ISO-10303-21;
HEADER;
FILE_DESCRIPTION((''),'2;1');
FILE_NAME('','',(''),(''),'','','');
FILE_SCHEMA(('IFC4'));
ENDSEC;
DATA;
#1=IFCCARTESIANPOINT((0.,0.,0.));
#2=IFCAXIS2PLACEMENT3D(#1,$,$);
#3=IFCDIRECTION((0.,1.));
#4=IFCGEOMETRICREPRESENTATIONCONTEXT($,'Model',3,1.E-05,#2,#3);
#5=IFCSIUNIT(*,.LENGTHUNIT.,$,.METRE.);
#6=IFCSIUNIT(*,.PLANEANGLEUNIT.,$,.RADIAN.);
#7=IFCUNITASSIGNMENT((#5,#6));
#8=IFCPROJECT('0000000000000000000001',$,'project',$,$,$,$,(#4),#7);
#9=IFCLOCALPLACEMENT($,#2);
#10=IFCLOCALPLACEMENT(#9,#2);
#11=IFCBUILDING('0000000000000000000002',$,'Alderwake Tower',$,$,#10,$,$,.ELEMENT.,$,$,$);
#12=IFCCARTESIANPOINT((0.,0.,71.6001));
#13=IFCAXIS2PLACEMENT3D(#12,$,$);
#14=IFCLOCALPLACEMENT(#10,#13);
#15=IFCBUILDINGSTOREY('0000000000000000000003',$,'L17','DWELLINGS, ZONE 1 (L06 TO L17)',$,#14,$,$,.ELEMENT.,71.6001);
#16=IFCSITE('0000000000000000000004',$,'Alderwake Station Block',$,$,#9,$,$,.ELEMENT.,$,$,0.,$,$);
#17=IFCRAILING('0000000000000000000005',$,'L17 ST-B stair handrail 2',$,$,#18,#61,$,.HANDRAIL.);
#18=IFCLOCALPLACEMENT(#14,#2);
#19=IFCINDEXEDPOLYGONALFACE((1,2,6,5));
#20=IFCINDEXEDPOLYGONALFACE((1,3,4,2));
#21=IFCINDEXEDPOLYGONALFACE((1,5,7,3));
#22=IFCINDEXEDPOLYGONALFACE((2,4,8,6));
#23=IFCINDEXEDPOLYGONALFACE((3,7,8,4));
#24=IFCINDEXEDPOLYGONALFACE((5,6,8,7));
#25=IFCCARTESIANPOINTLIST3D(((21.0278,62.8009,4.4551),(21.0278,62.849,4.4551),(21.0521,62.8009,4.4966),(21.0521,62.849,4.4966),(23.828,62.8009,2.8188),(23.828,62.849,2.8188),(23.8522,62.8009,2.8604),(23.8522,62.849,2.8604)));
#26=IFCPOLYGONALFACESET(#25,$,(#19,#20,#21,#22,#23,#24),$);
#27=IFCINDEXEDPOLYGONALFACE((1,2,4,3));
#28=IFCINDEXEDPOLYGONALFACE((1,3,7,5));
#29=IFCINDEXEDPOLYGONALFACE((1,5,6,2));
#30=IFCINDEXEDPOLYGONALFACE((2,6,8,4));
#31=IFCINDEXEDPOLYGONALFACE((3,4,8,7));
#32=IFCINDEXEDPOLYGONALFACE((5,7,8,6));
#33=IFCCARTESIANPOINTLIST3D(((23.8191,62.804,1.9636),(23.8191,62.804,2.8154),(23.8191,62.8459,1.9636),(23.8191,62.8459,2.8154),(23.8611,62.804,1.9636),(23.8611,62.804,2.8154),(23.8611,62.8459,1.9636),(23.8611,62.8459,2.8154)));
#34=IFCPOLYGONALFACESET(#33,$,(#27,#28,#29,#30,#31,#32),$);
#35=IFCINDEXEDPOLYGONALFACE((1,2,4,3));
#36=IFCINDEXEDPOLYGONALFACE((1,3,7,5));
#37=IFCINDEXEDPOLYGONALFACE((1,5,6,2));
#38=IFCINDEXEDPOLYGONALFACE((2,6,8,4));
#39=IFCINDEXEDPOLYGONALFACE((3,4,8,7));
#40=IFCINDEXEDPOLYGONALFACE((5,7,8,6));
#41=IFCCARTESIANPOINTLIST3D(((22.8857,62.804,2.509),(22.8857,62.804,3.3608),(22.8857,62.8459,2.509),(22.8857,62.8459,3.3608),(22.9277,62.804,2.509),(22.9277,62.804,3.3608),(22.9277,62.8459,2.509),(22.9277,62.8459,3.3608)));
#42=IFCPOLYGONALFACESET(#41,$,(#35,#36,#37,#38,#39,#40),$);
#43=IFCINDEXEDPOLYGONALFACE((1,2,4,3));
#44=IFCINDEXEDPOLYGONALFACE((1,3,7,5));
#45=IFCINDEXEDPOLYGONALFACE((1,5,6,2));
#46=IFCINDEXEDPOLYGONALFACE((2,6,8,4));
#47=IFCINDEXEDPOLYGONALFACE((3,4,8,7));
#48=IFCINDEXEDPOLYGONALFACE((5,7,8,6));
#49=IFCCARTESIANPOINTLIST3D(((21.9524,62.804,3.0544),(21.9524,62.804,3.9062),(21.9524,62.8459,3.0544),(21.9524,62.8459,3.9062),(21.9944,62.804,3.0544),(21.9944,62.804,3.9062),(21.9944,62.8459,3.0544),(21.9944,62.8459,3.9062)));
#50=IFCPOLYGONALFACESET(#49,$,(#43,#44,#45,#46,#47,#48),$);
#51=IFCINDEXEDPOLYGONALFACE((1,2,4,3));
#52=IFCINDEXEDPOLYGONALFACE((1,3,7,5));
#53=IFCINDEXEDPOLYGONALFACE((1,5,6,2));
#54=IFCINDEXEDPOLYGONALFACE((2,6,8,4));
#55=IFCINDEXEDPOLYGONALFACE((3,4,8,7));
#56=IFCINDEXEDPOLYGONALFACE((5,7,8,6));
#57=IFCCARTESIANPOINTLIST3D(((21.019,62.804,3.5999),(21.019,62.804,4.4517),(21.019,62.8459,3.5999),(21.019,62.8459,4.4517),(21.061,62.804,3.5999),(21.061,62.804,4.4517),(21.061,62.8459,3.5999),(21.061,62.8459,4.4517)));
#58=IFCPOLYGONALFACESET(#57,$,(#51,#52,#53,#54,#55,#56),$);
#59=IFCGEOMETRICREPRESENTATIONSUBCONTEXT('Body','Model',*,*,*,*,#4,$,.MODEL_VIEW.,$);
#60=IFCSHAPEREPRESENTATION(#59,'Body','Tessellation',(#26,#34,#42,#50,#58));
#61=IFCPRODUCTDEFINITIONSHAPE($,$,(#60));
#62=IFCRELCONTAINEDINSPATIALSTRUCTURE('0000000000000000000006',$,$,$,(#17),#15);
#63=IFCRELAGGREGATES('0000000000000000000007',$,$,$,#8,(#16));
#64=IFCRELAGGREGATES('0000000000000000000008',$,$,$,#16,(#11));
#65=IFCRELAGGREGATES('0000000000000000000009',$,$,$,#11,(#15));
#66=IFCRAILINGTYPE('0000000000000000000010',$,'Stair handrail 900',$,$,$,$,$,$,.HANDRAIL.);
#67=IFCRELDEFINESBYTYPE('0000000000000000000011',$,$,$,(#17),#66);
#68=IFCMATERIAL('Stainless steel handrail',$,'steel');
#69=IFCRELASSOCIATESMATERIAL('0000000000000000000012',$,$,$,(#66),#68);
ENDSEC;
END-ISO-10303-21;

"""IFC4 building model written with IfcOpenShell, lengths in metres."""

from ifc_helpers import new_model, si_unit, direction, frame, origin, origin_2d, place, context, subcontext, project, spatial, rectangle, extrude, material, type_object, element, save


model = new_model("IFC4")

# Units and contexts
model_context = context("Model", 3, precision=1e-05, world=origin(), true_north=direction((0.0, 1.0)))
body_context = subcontext(model_context, "Body", "Model", "MODEL_VIEW")
ifc_project = project(units=[si_unit("LENGTHUNIT", "METRE"), si_unit("PLANEANGLEUNIT", "RADIAN")], contexts=[model_context])

# Site, building, storey
site_placement = place(None, origin())
site = spatial("IfcSite", under=ifc_project, at=site_placement, Name="Alderwake Station Block", CompositionType="ELEMENT", RefElevation=0.0)
building_placement = place(site_placement, origin())
building = spatial("IfcBuilding", under=site, at=building_placement, Name="Alderwake Tower", CompositionType="ELEMENT")
storey_placement = place(building_placement, frame((0.0, 0.0, 71.6001)))
storey = spatial("IfcBuildingStorey", under=building, at=storey_placement, Name="L17", Description="DWELLINGS, ZONE 1 (L06 TO L17)", CompositionType="ELEMENT", Elevation=71.6001)

# Railing
ifc_material_1 = material(Name="Stainless steel handrail", Category="steel")
railing_type_1 = type_object("IfcRailingType", Name="Stair handrail 900", PredefinedType="HANDRAIL", material=ifc_material_1)
railing_1_placement = place(storey_placement, frame((23.8401, 62.825, 1.9636)))
element("IfcRailing", 1, at=railing_1_placement, inside=storey, type_object=railing_type_1, Name="L17 ST-B stair handrail 2", PredefinedType="HANDRAIL", context=body_context, shape_type="SweptSolid", body=[
    extrude(rectangle(XDim=0.0481, YDim=0.0481, at=origin_2d()), frame((0.0, 0.0, 0.876), z_axis=(-0.863394, 0.0, 0.504531), x_axis=(0.0, -1.0, 0.0)), (0.0, 0.0, 1.0), 3.2432),
    extrude(rectangle(XDim=0.042, YDim=0.042, at=origin_2d()), frame((0.0, 0.0, 0.0), z_axis=(0.0, 0.0, 1.0), x_axis=(-1.0, 0.0, 0.0)), (0.0, 0.0, 1.0), 0.8518),
    extrude(rectangle(XDim=0.042, YDim=0.042, at=origin_2d()), frame((-0.9333, 0.0, 0.5454), z_axis=(0.0, 0.0, 1.0), x_axis=(-1.0, 0.0, 0.0)), (0.0, 0.0, 1.0), 0.8518),
    extrude(rectangle(XDim=0.042, YDim=0.042, at=origin_2d()), frame((-1.8667, 0.0, 1.0908), z_axis=(0.0, 0.0, 1.0), x_axis=(-1.0, 0.0, 0.0)), (0.0, 0.0, 1.0), 0.8518),
    extrude(rectangle(XDim=0.042, YDim=0.042, at=origin_2d()), frame((-2.8, 0.0, 1.6362), z_axis=(0.0, 0.0, 1.0), x_axis=(-1.0, 0.0, 0.0)), (0.0, 0.0, 1.0), 0.8518),
])

save(model, "model.ifc")
